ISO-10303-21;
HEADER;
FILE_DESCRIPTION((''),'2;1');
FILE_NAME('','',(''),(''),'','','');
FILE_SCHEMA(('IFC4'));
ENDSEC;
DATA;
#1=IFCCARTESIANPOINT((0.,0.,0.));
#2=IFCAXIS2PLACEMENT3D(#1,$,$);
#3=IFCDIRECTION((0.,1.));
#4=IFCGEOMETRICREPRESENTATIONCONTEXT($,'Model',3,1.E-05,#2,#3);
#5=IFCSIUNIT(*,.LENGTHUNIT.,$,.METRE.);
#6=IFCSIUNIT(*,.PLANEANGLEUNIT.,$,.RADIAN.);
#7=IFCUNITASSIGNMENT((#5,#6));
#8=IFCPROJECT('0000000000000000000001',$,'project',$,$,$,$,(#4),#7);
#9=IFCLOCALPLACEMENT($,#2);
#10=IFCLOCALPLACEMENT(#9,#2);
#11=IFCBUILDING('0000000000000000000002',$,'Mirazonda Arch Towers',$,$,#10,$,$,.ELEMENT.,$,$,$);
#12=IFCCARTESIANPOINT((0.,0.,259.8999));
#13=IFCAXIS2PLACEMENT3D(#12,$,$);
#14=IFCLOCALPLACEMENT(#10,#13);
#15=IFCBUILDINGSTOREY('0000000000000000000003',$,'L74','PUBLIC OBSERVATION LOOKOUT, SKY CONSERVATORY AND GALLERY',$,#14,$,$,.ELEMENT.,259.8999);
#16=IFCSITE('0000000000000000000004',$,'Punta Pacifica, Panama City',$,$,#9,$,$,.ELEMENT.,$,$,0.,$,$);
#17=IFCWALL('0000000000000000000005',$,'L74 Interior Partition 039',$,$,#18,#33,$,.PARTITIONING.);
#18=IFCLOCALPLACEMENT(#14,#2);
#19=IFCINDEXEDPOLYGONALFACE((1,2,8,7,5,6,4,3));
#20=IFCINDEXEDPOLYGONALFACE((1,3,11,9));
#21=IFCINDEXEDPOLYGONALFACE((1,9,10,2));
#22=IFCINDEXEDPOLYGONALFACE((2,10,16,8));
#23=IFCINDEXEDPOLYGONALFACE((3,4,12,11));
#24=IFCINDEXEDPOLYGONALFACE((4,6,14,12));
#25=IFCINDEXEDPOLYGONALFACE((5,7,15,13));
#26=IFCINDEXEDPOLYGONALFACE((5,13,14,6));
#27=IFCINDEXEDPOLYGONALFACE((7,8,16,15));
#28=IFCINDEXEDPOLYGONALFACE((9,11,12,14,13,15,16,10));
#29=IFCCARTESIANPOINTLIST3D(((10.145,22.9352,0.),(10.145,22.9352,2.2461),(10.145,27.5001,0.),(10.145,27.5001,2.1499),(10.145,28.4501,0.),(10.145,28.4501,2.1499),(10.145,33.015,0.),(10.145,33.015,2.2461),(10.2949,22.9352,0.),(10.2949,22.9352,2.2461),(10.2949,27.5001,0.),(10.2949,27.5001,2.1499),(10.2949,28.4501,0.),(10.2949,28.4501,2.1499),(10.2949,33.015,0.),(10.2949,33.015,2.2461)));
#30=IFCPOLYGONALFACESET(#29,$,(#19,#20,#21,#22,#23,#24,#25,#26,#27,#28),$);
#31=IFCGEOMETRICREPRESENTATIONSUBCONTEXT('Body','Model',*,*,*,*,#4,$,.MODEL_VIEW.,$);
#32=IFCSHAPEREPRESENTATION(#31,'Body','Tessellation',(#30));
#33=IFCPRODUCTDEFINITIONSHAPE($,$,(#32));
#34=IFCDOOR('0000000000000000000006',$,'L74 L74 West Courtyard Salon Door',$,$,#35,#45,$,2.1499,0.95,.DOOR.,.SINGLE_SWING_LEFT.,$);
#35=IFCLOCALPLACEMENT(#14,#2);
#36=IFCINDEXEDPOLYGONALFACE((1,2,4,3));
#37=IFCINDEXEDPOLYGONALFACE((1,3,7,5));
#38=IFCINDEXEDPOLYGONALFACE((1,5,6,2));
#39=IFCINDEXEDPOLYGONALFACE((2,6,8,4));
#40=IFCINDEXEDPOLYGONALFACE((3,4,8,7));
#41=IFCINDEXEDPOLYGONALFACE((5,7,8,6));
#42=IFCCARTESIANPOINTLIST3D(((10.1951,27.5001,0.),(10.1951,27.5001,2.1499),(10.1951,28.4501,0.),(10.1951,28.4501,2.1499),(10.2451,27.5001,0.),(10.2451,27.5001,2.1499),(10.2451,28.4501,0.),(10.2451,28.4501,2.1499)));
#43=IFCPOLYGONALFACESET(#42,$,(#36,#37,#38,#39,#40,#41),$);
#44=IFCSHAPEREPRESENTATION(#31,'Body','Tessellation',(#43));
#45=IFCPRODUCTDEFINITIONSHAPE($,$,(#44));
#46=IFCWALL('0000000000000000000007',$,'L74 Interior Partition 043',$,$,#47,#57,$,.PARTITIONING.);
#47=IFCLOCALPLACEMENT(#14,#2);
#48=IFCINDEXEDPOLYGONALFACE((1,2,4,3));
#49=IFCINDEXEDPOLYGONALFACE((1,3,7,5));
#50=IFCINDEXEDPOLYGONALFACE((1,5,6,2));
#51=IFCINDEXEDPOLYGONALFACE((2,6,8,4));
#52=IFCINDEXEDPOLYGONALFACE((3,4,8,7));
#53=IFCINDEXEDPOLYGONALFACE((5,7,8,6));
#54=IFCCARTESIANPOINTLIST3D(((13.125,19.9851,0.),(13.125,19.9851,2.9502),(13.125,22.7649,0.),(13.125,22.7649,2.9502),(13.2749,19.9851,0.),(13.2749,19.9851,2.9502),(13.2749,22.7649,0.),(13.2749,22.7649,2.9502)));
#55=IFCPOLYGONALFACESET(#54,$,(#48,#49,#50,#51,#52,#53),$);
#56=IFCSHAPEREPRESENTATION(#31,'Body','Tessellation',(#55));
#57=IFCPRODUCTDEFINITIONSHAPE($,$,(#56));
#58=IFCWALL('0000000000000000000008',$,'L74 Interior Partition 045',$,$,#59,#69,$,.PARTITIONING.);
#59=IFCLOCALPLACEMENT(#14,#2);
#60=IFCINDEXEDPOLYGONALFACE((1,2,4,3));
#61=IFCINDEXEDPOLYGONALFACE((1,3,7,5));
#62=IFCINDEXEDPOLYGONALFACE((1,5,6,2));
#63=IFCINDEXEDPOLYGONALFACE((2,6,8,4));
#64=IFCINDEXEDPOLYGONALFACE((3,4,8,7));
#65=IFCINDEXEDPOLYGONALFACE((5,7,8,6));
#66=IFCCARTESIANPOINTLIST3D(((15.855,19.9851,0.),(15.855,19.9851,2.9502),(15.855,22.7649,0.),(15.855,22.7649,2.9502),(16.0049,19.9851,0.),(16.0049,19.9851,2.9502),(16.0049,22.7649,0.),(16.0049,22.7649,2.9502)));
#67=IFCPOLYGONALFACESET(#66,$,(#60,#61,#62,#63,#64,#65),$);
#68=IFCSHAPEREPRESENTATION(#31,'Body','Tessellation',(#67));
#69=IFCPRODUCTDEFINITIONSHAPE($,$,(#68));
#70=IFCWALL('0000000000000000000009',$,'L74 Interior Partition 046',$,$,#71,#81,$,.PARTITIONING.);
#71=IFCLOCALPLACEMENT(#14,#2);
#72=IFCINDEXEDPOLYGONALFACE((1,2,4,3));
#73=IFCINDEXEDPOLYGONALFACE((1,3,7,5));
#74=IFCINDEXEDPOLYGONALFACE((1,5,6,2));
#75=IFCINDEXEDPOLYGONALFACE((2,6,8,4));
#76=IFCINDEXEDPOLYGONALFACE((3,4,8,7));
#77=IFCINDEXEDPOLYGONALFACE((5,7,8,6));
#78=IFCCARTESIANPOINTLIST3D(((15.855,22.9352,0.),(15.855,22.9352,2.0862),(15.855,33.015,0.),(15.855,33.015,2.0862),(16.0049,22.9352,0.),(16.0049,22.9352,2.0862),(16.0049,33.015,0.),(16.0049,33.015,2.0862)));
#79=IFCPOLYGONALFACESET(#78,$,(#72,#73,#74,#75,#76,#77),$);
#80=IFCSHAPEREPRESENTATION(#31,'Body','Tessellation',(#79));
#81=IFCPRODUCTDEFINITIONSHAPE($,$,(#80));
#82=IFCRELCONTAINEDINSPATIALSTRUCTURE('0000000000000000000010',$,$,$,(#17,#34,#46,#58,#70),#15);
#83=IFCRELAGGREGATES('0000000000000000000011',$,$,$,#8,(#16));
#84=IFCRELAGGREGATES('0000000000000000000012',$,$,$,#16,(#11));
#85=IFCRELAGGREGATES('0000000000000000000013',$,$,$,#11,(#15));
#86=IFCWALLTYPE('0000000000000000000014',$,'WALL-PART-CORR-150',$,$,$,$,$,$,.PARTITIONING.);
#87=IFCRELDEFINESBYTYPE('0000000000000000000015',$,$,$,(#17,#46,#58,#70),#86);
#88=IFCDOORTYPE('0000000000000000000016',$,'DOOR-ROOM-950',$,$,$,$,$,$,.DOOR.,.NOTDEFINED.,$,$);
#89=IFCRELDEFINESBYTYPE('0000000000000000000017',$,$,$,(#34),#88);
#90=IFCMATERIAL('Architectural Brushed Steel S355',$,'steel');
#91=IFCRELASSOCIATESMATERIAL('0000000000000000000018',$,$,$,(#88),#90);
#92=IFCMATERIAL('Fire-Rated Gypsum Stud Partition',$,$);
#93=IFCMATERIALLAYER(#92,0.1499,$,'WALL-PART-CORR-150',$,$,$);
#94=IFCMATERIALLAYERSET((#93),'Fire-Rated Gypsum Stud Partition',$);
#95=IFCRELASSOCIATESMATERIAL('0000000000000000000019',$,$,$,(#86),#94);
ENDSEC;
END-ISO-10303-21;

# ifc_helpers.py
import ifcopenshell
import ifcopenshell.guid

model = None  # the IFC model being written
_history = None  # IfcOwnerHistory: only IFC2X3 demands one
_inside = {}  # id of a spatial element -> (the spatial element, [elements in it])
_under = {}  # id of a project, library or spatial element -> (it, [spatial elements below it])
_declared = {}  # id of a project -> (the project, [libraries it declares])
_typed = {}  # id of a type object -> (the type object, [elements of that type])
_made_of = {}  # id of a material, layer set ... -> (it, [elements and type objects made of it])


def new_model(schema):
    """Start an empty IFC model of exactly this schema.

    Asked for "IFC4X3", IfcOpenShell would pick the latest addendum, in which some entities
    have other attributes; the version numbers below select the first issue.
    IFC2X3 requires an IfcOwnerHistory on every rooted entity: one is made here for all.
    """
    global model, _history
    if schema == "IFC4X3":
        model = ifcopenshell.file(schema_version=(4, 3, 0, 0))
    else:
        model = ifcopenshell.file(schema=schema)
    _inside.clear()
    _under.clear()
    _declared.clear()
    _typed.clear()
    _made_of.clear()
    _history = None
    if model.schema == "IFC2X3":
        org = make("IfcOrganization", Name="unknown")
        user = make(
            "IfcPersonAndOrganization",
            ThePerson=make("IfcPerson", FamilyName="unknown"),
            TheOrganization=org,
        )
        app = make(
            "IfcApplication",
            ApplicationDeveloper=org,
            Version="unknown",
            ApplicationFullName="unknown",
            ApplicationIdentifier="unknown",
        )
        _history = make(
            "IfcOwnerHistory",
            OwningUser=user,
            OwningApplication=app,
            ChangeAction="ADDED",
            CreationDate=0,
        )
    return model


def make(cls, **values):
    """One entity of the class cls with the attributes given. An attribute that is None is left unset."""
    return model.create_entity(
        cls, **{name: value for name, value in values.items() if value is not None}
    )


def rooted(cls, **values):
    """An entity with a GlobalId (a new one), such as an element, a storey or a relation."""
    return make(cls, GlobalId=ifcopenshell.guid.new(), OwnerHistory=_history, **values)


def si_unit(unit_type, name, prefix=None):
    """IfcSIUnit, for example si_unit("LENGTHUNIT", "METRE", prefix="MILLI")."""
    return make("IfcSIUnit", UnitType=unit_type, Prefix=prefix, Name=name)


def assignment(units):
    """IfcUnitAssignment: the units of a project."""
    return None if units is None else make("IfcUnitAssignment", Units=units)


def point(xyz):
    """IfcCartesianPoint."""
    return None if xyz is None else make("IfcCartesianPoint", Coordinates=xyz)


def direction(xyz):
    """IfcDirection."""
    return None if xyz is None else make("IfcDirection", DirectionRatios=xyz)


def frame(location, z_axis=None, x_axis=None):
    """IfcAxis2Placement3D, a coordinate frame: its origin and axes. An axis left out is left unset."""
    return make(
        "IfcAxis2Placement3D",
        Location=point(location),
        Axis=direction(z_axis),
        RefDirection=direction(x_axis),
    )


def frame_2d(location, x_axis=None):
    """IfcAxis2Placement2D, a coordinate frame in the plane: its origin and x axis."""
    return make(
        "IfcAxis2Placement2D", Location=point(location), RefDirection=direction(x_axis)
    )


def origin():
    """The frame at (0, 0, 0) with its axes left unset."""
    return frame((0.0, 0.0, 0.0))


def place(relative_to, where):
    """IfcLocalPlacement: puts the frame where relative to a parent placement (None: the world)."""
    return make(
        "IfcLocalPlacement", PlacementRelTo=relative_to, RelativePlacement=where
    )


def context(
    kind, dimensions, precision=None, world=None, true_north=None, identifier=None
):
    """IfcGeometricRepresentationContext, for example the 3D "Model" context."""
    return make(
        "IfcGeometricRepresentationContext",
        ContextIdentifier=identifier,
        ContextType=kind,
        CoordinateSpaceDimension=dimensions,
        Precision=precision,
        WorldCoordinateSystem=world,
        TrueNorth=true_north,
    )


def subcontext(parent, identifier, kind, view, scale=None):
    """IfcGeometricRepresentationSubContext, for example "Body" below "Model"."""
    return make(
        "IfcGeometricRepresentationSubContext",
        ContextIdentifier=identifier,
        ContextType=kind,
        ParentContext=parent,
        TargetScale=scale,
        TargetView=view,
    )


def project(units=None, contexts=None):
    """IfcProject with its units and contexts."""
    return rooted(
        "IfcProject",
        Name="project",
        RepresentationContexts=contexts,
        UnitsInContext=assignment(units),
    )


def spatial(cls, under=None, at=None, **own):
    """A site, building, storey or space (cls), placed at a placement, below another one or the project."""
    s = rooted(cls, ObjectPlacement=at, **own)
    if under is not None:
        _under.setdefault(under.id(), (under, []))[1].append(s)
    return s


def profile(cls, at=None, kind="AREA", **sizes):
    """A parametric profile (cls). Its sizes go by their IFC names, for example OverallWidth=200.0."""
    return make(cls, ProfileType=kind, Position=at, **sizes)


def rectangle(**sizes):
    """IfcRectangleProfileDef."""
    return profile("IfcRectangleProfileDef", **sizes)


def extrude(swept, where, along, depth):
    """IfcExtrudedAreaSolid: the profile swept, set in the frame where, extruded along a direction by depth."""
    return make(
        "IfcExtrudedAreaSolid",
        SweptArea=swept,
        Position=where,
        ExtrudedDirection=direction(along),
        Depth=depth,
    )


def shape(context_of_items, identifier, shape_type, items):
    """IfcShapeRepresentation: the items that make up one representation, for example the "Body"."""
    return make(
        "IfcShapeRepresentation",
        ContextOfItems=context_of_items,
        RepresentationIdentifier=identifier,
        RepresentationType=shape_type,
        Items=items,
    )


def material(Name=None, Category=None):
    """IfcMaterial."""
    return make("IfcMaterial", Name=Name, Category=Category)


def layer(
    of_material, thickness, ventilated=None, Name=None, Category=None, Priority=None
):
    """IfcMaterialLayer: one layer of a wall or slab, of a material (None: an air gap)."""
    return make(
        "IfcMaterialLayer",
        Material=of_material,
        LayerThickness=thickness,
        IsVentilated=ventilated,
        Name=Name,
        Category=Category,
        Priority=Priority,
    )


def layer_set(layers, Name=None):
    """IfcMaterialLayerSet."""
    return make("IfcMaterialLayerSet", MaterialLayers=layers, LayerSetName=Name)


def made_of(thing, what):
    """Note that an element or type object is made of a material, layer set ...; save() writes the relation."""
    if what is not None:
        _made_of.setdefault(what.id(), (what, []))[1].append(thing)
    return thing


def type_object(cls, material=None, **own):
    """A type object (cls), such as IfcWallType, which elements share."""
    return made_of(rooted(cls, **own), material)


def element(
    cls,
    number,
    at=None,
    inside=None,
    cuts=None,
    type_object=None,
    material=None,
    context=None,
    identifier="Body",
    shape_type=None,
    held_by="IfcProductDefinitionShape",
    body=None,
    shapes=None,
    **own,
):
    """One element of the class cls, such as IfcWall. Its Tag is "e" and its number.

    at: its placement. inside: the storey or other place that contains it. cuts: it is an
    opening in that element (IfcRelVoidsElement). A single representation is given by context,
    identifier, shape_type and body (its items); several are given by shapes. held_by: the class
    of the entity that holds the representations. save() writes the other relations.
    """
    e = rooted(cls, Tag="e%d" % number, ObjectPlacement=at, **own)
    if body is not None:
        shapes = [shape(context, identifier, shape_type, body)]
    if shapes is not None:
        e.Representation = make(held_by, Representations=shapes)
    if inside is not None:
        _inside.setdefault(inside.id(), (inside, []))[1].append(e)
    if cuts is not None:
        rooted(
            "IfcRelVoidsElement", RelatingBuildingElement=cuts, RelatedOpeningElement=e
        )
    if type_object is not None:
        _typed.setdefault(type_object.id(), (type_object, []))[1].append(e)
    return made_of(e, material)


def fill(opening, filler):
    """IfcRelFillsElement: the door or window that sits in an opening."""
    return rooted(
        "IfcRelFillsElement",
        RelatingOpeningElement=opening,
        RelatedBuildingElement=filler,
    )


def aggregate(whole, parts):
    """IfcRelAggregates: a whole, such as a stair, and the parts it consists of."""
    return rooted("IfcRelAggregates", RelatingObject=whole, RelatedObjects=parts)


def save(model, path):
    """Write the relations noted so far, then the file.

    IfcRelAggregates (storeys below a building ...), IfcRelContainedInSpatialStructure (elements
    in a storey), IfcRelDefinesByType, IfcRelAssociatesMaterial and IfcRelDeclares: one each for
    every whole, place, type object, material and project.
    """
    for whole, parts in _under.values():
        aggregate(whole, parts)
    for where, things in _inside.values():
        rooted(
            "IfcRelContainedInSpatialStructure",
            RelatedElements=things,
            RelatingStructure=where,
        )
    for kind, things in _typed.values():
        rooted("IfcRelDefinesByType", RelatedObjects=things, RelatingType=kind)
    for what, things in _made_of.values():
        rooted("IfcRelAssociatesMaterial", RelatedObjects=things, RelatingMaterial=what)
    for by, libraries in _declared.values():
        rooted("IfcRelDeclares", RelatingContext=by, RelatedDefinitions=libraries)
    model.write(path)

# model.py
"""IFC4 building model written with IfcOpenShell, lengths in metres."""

from ifc_helpers import new_model, si_unit, direction, frame, frame_2d, origin, place, context, subcontext, project, spatial, rectangle, extrude, material, layer, layer_set, type_object, element, fill, save


model = new_model("IFC4")

# Units and contexts
model_context = context("Model", 3, precision=1e-05, world=origin(), true_north=direction((0.0, 1.0)))
body_context = subcontext(model_context, "Body", "Model", "MODEL_VIEW")
ifc_project = project(units=[si_unit("LENGTHUNIT", "METRE"), si_unit("PLANEANGLEUNIT", "RADIAN")], contexts=[model_context])

# Site, building, storey
site_placement = place(None, origin())
site = spatial("IfcSite", under=ifc_project, at=site_placement, Name="Punta Pacifica, Panama City", CompositionType="ELEMENT", RefElevation=0.0)
building_placement = place(site_placement, origin())
building = spatial("IfcBuilding", under=site, at=building_placement, Name="Mirazonda Arch Towers", CompositionType="ELEMENT")
storey_placement = place(building_placement, frame((0.0, 0.0, 259.8999)))
storey = spatial("IfcBuildingStorey", under=building, at=storey_placement, Name="L74", Description="PUBLIC OBSERVATION LOOKOUT, SKY CONSERVATORY AND GALLERY", CompositionType="ELEMENT", Elevation=259.8999)

# Shared definitions
ifc_material_1 = material(Name="Architectural Brushed Steel S355", Category="steel")
door_type_1 = type_object("IfcDoorType", Name="DOOR-ROOM-950", OperationType="NOTDEFINED", PredefinedType="DOOR", material=ifc_material_1)

# Shared definitions
ifc_material_2 = material(Name="Fire-Rated Gypsum Stud Partition")
ifc_layer_1 = layer(ifc_material_2, 0.1499, Name="WALL-PART-CORR-150")
ifc_layer_set_1 = layer_set([ifc_layer_1], Name="Fire-Rated Gypsum Stud Partition")
wall_type_1 = type_object("IfcWallType", Name="WALL-PART-CORR-150", PredefinedType="PARTITIONING", material=ifc_layer_set_1)

# Wall, opening, door
wall_1_placement = place(storey_placement, frame((10.22, 22.9351, 0.0), z_axis=(0.0, 0.0, 1.0), x_axis=(0.0, 1.0, 0.0)))
wall_1 = element("IfcWall", 1, at=wall_1_placement, inside=storey, type_object=wall_type_1, Name="L74 Interior Partition 039", PredefinedType="PARTITIONING", context=body_context, shape_type="SweptSolid", body=[
    extrude(rectangle(XDim=10.0798, YDim=0.1499, at=frame_2d((5.04, 0.0))), origin(), (0.0, 0.0, 1.0), 2.2461),
])
opening_1_placement = place(wall_1_placement, frame((4.5649, 0.0, 0.0)))
opening_1 = element("IfcOpeningElement", 2, at=opening_1_placement, cuts=wall_1, PredefinedType="OPENING", context=body_context, shape_type="SweptSolid", body=[
    extrude(rectangle(XDim=0.95, YDim=2.1499, at=frame_2d((0.4751, 1.075))), frame((0.0, 0.085, 0.0), z_axis=(0.0, -1.0, 0.0), x_axis=(1.0, 0.0, 0.0)), (0.0, 0.0, 1.0), 0.1699),
])
door_1_placement = place(opening_1_placement, origin())
door_1 = element("IfcDoor", 3, at=door_1_placement, inside=storey, type_object=door_type_1, Name="L74 L74 West Courtyard Salon Door", OperationType="SINGLE_SWING_LEFT", OverallHeight=2.1499, OverallWidth=0.95, PredefinedType="DOOR", context=body_context, shape_type="SweptSolid", body=[
    extrude(rectangle(XDim=0.95, YDim=2.1499, at=frame_2d((0.4751, 1.075))), frame((0.0, 0.0249, 0.0), z_axis=(0.0, -1.0, 0.0), x_axis=(1.0, 0.0, 0.0)), (0.0, 0.0, 1.0), 0.05),
])
fill(opening_1, door_1)

# Walls
for number, where, z_axis, x_axis, name in (
    (4, (13.2, 19.9851, 0.0), (0.0, 0.0, 1.0), (0.0, 1.0, 0.0), "L74 Interior Partition 043"),
    (5, (15.9299, 19.9851, 0.0), (0.0, 0.0, 1.0), (0.0, 1.0, 0.0), "L74 Interior Partition 045"),
):
    element("IfcWall", number, at=place(storey_placement, frame(where, z_axis=z_axis, x_axis=x_axis)), inside=storey, type_object=wall_type_1, Name=name, PredefinedType="PARTITIONING", context=body_context, shape_type="SweptSolid", body=[
        extrude(rectangle(XDim=2.7798, YDim=0.1499, at=frame_2d((1.3899, 0.0))), origin(), (0.0, 0.0, 1.0), 2.9502),
    ])
wall_2_placement = place(storey_placement, frame((15.9299, 22.9351, 0.0), z_axis=(0.0, 0.0, 1.0), x_axis=(0.0, 1.0, 0.0)))
element("IfcWall", 6, at=wall_2_placement, inside=storey, type_object=wall_type_1, Name="L74 Interior Partition 046", PredefinedType="PARTITIONING", context=body_context, shape_type="SweptSolid", body=[
    extrude(rectangle(XDim=10.0798, YDim=0.1499, at=frame_2d((5.04, 0.0))), origin(), (0.0, 0.0, 1.0), 2.0862),
])

save(model, "model.ifc")
